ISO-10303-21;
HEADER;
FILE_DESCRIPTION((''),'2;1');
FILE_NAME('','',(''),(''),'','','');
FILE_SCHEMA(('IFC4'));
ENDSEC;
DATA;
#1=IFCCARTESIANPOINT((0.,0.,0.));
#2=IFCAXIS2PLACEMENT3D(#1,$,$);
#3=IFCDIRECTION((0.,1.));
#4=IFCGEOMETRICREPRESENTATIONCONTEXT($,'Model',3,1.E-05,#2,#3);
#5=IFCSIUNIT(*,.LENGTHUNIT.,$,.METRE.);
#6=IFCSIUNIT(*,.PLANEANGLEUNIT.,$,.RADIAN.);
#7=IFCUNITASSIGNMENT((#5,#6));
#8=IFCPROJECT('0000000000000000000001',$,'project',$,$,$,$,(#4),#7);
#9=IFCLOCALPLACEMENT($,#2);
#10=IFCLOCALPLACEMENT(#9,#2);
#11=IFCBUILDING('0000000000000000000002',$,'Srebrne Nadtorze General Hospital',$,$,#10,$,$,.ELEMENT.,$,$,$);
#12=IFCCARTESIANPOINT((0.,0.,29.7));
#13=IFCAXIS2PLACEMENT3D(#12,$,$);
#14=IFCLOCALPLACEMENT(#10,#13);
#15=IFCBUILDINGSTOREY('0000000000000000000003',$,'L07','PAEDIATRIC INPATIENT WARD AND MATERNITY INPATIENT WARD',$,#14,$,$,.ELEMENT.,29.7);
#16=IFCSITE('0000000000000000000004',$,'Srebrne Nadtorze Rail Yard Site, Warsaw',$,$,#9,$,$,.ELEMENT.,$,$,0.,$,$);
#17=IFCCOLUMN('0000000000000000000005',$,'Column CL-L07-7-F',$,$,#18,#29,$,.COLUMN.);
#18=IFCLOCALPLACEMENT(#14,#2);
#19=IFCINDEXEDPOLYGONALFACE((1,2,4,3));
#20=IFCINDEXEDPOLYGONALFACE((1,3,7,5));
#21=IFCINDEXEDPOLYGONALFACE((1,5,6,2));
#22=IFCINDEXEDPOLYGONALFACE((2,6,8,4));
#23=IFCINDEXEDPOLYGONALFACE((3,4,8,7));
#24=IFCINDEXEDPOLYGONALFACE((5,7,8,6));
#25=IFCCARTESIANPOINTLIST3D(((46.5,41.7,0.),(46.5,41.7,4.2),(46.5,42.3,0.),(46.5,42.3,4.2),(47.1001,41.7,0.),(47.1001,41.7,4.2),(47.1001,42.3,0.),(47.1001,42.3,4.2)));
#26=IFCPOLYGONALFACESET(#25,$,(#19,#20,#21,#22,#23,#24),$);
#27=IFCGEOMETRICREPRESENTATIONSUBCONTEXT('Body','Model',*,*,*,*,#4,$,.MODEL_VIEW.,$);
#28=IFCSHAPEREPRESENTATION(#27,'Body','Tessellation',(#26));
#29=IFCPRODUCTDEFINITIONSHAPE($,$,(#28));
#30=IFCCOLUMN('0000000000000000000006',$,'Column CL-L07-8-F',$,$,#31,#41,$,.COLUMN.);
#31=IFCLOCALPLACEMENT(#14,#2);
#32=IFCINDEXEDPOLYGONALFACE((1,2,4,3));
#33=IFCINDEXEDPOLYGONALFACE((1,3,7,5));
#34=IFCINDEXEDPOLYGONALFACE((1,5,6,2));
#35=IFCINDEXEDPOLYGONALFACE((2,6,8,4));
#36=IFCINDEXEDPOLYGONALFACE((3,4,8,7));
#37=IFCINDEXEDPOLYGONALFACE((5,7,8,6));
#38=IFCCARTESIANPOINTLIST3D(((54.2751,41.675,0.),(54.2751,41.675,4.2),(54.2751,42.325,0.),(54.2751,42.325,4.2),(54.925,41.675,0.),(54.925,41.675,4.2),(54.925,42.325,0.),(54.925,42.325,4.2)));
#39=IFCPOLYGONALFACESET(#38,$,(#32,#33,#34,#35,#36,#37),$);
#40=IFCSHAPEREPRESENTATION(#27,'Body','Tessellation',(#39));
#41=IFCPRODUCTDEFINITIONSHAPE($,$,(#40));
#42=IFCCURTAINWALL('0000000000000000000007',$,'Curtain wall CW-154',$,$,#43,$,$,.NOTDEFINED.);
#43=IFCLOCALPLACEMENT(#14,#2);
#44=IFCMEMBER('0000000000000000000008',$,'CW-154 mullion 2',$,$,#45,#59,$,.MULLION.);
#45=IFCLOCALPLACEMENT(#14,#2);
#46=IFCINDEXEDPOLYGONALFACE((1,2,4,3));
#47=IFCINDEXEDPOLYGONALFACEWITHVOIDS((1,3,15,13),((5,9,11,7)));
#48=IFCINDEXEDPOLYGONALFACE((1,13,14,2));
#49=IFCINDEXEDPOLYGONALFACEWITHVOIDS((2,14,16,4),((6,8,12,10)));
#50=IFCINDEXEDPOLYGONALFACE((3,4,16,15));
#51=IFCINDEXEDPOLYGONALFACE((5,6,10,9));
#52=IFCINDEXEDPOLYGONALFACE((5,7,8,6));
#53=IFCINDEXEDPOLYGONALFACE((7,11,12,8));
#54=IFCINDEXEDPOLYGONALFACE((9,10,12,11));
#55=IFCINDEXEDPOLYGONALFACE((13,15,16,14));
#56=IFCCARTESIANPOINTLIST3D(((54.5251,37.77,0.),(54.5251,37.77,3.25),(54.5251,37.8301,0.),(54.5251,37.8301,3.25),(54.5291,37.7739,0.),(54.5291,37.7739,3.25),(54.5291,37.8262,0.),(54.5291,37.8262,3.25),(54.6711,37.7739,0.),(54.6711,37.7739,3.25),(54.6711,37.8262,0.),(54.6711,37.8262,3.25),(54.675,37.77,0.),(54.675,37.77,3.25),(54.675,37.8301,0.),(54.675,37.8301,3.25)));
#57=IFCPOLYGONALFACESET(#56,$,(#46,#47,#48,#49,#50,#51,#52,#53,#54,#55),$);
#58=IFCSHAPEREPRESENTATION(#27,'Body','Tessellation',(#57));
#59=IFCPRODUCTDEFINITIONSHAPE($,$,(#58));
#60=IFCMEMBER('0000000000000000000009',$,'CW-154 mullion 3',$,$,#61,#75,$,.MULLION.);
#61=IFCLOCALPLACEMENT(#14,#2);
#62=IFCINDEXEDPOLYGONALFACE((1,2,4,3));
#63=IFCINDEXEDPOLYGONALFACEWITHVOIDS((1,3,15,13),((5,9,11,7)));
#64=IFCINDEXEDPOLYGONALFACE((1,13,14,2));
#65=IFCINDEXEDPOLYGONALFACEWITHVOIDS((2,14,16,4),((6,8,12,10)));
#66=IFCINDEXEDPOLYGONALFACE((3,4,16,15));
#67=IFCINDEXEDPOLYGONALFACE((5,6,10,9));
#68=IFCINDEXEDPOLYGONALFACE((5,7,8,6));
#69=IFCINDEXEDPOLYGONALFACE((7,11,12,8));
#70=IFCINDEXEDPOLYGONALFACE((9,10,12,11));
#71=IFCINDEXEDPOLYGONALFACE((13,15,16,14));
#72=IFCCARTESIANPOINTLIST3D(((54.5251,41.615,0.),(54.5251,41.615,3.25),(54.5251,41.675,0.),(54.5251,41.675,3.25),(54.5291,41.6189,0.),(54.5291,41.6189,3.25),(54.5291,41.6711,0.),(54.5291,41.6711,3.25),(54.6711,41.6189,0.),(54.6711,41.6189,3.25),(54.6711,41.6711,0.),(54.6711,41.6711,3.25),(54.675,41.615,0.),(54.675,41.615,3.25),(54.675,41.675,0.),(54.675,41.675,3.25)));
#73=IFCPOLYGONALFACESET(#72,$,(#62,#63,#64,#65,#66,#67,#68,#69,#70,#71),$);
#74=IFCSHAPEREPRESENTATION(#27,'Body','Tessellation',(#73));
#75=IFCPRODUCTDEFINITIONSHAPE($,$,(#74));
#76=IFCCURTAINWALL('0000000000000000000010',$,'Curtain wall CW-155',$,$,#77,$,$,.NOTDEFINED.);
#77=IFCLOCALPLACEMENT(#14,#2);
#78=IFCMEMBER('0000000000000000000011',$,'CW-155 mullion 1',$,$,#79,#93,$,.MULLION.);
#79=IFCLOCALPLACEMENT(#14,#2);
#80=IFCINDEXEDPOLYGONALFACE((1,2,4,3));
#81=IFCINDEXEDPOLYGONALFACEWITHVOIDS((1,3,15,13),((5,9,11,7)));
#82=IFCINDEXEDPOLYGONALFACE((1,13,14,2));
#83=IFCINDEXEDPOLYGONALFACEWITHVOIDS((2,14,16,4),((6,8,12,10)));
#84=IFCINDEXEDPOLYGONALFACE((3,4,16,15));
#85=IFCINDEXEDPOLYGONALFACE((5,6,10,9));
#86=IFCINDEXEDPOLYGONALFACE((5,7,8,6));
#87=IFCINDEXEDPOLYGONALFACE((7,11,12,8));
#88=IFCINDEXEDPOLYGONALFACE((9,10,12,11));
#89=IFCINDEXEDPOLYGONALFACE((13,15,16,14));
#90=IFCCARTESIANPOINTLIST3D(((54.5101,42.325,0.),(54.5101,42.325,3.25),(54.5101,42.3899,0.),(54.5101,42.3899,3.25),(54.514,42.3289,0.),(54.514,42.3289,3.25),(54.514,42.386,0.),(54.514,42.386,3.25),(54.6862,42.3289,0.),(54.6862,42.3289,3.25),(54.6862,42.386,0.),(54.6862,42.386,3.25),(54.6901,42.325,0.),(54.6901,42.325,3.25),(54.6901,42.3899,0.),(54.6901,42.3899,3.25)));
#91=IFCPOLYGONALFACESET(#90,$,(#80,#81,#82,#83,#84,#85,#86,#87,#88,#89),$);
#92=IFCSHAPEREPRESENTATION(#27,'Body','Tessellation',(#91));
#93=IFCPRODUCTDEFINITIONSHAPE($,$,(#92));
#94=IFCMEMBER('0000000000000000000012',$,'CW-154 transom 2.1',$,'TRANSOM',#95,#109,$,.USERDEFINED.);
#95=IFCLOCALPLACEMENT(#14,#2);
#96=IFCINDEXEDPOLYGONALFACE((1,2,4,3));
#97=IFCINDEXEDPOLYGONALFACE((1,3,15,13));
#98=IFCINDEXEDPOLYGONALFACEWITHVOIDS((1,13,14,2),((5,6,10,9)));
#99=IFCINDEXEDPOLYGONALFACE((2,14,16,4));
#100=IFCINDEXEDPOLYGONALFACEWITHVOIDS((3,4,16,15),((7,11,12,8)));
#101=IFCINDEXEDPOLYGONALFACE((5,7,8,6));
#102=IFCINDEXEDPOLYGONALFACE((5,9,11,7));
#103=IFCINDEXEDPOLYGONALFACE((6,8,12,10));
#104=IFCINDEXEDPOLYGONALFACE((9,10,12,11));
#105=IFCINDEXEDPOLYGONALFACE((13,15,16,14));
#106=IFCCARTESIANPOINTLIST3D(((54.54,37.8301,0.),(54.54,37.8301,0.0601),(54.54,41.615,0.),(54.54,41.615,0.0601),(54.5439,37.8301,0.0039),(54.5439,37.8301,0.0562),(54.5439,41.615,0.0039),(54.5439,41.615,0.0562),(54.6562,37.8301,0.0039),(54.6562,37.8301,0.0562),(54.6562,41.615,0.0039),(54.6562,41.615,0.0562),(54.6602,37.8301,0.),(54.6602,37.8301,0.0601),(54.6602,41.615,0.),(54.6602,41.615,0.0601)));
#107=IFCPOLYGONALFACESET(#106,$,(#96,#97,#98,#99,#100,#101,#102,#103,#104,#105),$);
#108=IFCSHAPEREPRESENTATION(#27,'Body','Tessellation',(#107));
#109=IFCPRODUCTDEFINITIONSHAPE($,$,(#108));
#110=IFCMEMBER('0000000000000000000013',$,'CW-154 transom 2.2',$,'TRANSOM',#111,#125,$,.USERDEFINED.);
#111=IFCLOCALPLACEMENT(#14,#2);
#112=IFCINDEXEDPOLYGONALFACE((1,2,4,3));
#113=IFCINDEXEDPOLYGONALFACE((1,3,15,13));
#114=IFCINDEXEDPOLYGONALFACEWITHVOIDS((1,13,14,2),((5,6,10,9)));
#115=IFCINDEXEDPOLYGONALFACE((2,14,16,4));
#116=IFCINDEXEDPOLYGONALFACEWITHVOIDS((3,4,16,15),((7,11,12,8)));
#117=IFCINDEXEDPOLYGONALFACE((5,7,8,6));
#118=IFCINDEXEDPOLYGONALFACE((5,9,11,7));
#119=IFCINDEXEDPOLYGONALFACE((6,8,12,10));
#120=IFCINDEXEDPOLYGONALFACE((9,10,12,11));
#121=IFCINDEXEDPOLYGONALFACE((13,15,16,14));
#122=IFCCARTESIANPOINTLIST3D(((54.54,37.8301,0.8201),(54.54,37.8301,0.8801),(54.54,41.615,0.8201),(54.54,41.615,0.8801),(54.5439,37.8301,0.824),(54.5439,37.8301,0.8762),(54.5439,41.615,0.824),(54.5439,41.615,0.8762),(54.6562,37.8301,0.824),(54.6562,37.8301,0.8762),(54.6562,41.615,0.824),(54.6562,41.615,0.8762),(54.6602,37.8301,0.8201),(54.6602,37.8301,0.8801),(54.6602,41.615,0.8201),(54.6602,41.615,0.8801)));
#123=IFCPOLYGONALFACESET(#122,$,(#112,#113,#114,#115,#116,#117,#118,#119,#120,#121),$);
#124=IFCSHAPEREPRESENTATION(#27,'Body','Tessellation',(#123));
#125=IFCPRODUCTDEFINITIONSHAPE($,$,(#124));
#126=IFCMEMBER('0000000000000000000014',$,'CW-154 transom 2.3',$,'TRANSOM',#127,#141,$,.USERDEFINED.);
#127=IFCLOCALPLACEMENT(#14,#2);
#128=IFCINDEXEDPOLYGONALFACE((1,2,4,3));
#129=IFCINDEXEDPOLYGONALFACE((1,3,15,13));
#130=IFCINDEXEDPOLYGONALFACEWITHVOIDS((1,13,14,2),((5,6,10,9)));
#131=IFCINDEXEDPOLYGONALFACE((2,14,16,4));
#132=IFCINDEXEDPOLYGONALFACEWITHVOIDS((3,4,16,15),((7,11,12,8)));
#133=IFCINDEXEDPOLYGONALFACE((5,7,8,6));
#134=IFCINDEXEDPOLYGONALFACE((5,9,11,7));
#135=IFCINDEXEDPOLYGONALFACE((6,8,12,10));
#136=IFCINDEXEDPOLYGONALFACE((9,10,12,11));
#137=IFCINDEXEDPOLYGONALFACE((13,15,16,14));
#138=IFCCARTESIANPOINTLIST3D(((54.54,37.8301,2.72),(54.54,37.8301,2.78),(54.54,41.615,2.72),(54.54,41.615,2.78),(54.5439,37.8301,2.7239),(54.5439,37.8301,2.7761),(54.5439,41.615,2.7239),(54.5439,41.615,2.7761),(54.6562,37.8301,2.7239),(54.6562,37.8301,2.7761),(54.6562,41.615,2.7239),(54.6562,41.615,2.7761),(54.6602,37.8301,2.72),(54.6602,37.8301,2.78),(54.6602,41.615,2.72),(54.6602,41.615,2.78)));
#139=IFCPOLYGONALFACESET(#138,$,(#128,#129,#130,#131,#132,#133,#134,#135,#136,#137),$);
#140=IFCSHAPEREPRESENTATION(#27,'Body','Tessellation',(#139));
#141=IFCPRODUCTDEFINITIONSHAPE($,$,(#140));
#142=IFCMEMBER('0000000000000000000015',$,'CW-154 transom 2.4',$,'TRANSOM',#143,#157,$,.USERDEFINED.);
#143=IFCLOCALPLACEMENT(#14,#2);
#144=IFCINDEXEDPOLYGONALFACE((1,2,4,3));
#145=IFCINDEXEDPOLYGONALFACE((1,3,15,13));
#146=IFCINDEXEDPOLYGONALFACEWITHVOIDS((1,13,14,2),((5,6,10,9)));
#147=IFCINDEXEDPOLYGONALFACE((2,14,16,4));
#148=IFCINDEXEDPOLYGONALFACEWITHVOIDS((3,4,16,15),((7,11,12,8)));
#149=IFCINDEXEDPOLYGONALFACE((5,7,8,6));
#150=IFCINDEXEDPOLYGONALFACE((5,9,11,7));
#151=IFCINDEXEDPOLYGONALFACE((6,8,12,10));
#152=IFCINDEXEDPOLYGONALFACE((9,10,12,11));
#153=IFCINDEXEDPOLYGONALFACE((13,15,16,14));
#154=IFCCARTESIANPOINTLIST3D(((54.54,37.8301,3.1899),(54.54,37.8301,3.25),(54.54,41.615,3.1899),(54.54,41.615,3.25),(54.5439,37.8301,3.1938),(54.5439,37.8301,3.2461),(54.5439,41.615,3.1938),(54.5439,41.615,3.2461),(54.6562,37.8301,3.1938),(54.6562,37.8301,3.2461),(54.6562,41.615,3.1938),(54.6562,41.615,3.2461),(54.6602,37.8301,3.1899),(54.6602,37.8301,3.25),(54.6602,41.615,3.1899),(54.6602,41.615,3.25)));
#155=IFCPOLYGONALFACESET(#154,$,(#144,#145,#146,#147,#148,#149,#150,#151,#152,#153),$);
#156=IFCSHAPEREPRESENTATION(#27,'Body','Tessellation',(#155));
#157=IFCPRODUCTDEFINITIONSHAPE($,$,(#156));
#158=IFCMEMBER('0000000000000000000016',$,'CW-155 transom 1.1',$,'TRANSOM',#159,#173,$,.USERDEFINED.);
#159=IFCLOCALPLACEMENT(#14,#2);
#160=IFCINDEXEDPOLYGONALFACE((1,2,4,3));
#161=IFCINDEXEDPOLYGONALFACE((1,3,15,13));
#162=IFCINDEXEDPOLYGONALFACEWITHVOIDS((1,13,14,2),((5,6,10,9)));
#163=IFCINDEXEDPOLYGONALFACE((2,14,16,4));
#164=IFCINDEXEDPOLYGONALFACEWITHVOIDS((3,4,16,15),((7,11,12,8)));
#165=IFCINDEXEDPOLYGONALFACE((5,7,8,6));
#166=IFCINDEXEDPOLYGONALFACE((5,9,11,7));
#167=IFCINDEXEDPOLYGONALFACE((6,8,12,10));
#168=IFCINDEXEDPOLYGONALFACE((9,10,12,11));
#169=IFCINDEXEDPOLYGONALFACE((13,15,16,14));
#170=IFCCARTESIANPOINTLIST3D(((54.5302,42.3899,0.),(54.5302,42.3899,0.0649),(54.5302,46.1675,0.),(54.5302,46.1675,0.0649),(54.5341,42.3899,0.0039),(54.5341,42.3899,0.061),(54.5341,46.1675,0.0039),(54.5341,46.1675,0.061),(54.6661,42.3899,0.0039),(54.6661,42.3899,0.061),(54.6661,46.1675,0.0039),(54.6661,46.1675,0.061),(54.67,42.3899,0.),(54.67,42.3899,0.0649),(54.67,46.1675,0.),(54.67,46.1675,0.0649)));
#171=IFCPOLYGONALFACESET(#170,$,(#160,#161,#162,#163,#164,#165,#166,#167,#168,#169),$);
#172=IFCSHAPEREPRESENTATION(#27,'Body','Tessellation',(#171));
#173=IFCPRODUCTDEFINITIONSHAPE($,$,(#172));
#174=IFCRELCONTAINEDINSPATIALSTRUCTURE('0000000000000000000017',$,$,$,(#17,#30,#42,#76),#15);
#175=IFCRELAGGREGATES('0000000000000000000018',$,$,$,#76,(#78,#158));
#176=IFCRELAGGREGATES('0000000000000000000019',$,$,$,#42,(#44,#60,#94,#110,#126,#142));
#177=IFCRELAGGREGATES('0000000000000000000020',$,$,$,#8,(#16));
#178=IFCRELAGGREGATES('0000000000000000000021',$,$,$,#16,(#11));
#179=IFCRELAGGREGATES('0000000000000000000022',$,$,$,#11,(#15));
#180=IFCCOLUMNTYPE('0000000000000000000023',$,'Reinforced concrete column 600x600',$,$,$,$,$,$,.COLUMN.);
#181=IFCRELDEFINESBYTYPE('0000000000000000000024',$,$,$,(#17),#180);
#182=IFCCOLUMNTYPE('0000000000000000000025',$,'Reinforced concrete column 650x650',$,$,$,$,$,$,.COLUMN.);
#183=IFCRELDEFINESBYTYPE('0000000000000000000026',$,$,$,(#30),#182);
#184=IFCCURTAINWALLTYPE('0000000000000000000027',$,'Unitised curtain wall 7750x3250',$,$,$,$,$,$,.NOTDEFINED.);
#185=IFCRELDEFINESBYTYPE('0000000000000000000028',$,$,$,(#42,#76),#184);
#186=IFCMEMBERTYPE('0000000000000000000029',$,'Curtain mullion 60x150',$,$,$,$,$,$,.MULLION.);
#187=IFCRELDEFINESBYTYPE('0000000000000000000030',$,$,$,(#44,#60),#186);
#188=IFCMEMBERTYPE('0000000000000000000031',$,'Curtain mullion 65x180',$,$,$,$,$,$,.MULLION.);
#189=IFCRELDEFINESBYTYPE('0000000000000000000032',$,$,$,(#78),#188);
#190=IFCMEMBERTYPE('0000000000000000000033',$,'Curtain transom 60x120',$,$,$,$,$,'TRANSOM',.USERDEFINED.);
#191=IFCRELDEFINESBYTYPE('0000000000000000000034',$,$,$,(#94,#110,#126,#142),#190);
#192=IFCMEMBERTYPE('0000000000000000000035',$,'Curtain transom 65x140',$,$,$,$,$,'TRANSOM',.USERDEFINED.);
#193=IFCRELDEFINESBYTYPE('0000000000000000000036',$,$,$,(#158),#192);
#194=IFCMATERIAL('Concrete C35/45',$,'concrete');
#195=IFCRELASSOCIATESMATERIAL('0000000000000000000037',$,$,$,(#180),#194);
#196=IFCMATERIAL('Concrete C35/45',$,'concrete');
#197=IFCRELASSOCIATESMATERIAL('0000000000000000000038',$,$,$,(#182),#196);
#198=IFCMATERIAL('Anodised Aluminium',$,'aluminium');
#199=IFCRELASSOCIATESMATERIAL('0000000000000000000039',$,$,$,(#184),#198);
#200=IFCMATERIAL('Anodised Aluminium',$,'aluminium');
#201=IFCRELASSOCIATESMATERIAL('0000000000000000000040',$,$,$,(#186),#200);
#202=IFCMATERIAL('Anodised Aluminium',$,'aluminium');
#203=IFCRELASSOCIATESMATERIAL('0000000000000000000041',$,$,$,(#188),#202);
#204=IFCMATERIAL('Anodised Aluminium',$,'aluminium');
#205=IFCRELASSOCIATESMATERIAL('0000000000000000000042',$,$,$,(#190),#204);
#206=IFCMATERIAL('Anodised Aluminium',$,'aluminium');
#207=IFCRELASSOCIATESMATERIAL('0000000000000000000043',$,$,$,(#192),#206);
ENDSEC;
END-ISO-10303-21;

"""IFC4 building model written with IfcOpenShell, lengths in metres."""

from ifc_helpers import new_model, si_unit, direction, frame, origin, origin_2d, place, context, subcontext, project, spatial, rectangle, hollow_rectangle, extrude, material, material_profile, profile_set, type_object, element, aggregate, save


model = new_model("IFC4")

# Units and contexts
model_context = context("Model", 3, precision=1e-05, world=origin(), true_north=direction((0.0, 1.0)))
body_context = subcontext(model_context, "Body", "Model", "MODEL_VIEW")
ifc_project = project(units=[si_unit("LENGTHUNIT", "METRE"), si_unit("PLANEANGLEUNIT", "RADIAN")], contexts=[model_context])

# Site, building, storey
site_placement = place(None, origin())
site = spatial("IfcSite", under=ifc_project, at=site_placement, Name="Srebrne Nadtorze Rail Yard Site, Warsaw", CompositionType="ELEMENT", RefElevation=0.0)
building_placement = place(site_placement, origin())
building = spatial("IfcBuilding", under=site, at=building_placement, Name="Srebrne Nadtorze General Hospital", CompositionType="ELEMENT")
storey_placement = place(building_placement, frame((0.0, 0.0, 29.7)))
storey = spatial("IfcBuildingStorey", under=building, at=storey_placement, Name="L07", Description="PAEDIATRIC INPATIENT WARD AND MATERNITY INPATIENT WARD", CompositionType="ELEMENT", Elevation=29.7)

# Columns
ifc_material_1 = material(Name="Concrete C35/45", Category="concrete")
ifc_material_profile_1 = material_profile(ifc_material_1, rectangle(XDim=0.6001, YDim=0.6001, at=origin_2d()), Name="RC-COL-600x600")
ifc_profile_set_1 = profile_set([ifc_material_profile_1], Name="Concrete C35/45")
column_type_1 = type_object("IfcColumnType", Name="Reinforced concrete column 600x600", PredefinedType="COLUMN", material=ifc_profile_set_1)
column_1_placement = place(storey_placement, frame((46.8, 42.0, 0.0), z_axis=(0.0, 0.0, 1.0), x_axis=(1.0, 0.0, 0.0)))
element("IfcColumn", 1, at=column_1_placement, inside=storey, type_object=column_type_1, Name="Column CL-L07-7-F", PredefinedType="COLUMN", context=body_context, shape_type="SweptSolid", body=[
    extrude(rectangle(XDim=0.6001, YDim=0.6001, at=origin_2d()), origin(), (0.0, 0.0, 1.0), 4.2),
])
ifc_material_2 = material(Name="Concrete C35/45", Category="concrete")
ifc_material_profile_2 = material_profile(ifc_material_2, rectangle(XDim=0.6499, YDim=0.6499, at=origin_2d()), Name="RC-COL-650x650")
ifc_profile_set_2 = profile_set([ifc_material_profile_2], Name="Concrete C35/45")
column_type_2 = type_object("IfcColumnType", Name="Reinforced concrete column 650x650", PredefinedType="COLUMN", material=ifc_profile_set_2)
column_2_placement = place(storey_placement, frame((54.6001, 42.0, 0.0), z_axis=(0.0, 0.0, 1.0), x_axis=(1.0, 0.0, 0.0)))
element("IfcColumn", 2, at=column_2_placement, inside=storey, type_object=column_type_2, Name="Column CL-L07-8-F", PredefinedType="COLUMN", context=body_context, shape_type="SweptSolid", body=[
    extrude(rectangle(XDim=0.6499, YDim=0.6499, at=origin_2d()), origin(), (0.0, 0.0, 1.0), 4.2),
])

# Curtain wall, members
ifc_material_3 = material(Name="Anodised Aluminium", Category="aluminium")
curtain_wall_type = type_object("IfcCurtainWallType", Name="Unitised curtain wall 7750x3250", PredefinedType="NOTDEFINED", material=ifc_material_3)
curtain_wall_1_placement = place(storey_placement, origin())
curtain_wall_1 = element("IfcCurtainWall", 3, at=curtain_wall_1_placement, inside=storey, type_object=curtain_wall_type, Name="Curtain wall CW-154", PredefinedType="NOTDEFINED")
ifc_material_4 = material(Name="Anodised Aluminium", Category="aluminium")
ifc_material_profile_3 = material_profile(ifc_material_4, hollow_rectangle(XDim=0.0601, YDim=0.1499, WallThickness=0.0039, at=origin_2d()), Name="AL-MUL-60x150")
ifc_profile_set_3 = profile_set([ifc_material_profile_3], Name="Anodised Aluminium")
member_type_1 = type_object("IfcMemberType", Name="Curtain mullion 60x150", PredefinedType="MULLION", material=ifc_profile_set_3)
member_1_placement = place(storey_placement, frame((54.6001, 37.8, 0.0), z_axis=(0.0, 0.0, 1.0), x_axis=(0.0, 1.0, 0.0)))
member_1 = element("IfcMember", 4, at=member_1_placement, type_object=member_type_1, Name="CW-154 mullion 2", PredefinedType="MULLION", context=body_context, shape_type="SweptSolid", body=[
    extrude(hollow_rectangle(XDim=0.0601, YDim=0.1499, WallThickness=0.0039, at=origin_2d()), origin(), (0.0, 0.0, 1.0), 3.25),
])
member_2_placement = place(storey_placement, frame((54.6001, 41.645, 0.0), z_axis=(0.0, 0.0, 1.0), x_axis=(0.0, 1.0, 0.0)))
member_2 = element("IfcMember", 5, at=member_2_placement, type_object=member_type_1, Name="CW-154 mullion 3", PredefinedType="MULLION", context=body_context, shape_type="SweptSolid", body=[
    extrude(hollow_rectangle(XDim=0.0601, YDim=0.1499, WallThickness=0.0039, at=origin_2d()), origin(), (0.0, 0.0, 1.0), 3.25),
])

# Curtain wall, member
curtain_wall_2_placement = place(storey_placement, origin())
curtain_wall_2 = element("IfcCurtainWall", 6, at=curtain_wall_2_placement, inside=storey, type_object=curtain_wall_type, Name="Curtain wall CW-155", PredefinedType="NOTDEFINED")
ifc_material_5 = material(Name="Anodised Aluminium", Category="aluminium")
ifc_material_profile_4 = material_profile(ifc_material_5, hollow_rectangle(XDim=0.0649, YDim=0.1799, WallThickness=0.0039, at=origin_2d()), Name="AL-MUL-65x180")
ifc_profile_set_4 = profile_set([ifc_material_profile_4], Name="Anodised Aluminium")
member_type_2 = type_object("IfcMemberType", Name="Curtain mullion 65x180", PredefinedType="MULLION", material=ifc_profile_set_4)
member_3_placement = place(storey_placement, frame((54.6001, 42.3574, 0.0), z_axis=(0.0, 0.0, 1.0), x_axis=(0.0, 1.0, 0.0)))
member_3 = element("IfcMember", 7, at=member_3_placement, type_object=member_type_2, Name="CW-155 mullion 1", PredefinedType="MULLION", context=body_context, shape_type="SweptSolid", body=[
    extrude(hollow_rectangle(XDim=0.0649, YDim=0.1799, WallThickness=0.0039, at=origin_2d()), origin(), (0.0, 0.0, 1.0), 3.25),
])

# Members
ifc_material_6 = material(Name="Anodised Aluminium", Category="aluminium")
ifc_material_profile_5 = material_profile(ifc_material_6, hollow_rectangle(XDim=0.0601, YDim=0.1201, WallThickness=0.0039, at=origin_2d()), Name="AL-TRN-60x120")
ifc_profile_set_5 = profile_set([ifc_material_profile_5], Name="Anodised Aluminium")
member_type_3 = type_object("IfcMemberType", Name="Curtain transom 60x120", ElementType="TRANSOM", PredefinedType="USERDEFINED", material=ifc_profile_set_5)
member_4_placement = place(storey_placement, frame((54.6001, 37.8301, 0.03), z_axis=(0.0, 1.0, 0.0), x_axis=(0.0, 0.0, 1.0)))
member_4 = element("IfcMember", 8, at=member_4_placement, type_object=member_type_3, Name="CW-154 transom 2.1", ObjectType="TRANSOM", PredefinedType="USERDEFINED", context=body_context, shape_type="SweptSolid", body=[
    extrude(hollow_rectangle(XDim=0.0601, YDim=0.1201, WallThickness=0.0039, at=origin_2d()), origin(), (0.0, 0.0, 1.0), 3.7849),
])
member_5_placement = place(storey_placement, frame((54.6001, 37.8301, 0.8501), z_axis=(0.0, 1.0, 0.0), x_axis=(0.0, 0.0, 1.0)))
member_5 = element("IfcMember", 9, at=member_5_placement, type_object=member_type_3, Name="CW-154 transom 2.2", ObjectType="TRANSOM", PredefinedType="USERDEFINED", context=body_context, shape_type="SweptSolid", body=[
    extrude(hollow_rectangle(XDim=0.0601, YDim=0.1201, WallThickness=0.0039, at=origin_2d()), origin(), (0.0, 0.0, 1.0), 3.7849),
])
member_6_placement = place(storey_placement, frame((54.6001, 37.8301, 2.75), z_axis=(0.0, 1.0, 0.0), x_axis=(0.0, 0.0, 1.0)))
member_6 = element("IfcMember", 10, at=member_6_placement, type_object=member_type_3, Name="CW-154 transom 2.3", ObjectType="TRANSOM", PredefinedType="USERDEFINED", context=body_context, shape_type="SweptSolid", body=[
    extrude(hollow_rectangle(XDim=0.0601, YDim=0.1201, WallThickness=0.0039, at=origin_2d()), origin(), (0.0, 0.0, 1.0), 3.7849),
])
member_7_placement = place(storey_placement, frame((54.6001, 37.8301, 3.22), z_axis=(0.0, 1.0, 0.0), x_axis=(0.0, 0.0, 1.0)))
member_7 = element("IfcMember", 11, at=member_7_placement, type_object=member_type_3, Name="CW-154 transom 2.4", ObjectType="TRANSOM", PredefinedType="USERDEFINED", context=body_context, shape_type="SweptSolid", body=[
    extrude(hollow_rectangle(XDim=0.0601, YDim=0.1201, WallThickness=0.0039, at=origin_2d()), origin(), (0.0, 0.0, 1.0), 3.7849),
])
ifc_material_7 = material(Name="Anodised Aluminium", Category="aluminium")
ifc_material_profile_6 = material_profile(ifc_material_7, hollow_rectangle(XDim=0.0649, YDim=0.1399, WallThickness=0.0039, at=origin_2d()), Name="AL-TRN-65x140")
ifc_profile_set_6 = profile_set([ifc_material_profile_6], Name="Anodised Aluminium")
member_type_4 = type_object("IfcMemberType", Name="Curtain transom 65x140", ElementType="TRANSOM", PredefinedType="USERDEFINED", material=ifc_profile_set_6)
member_8_placement = place(storey_placement, frame((54.6001, 42.3899, 0.0325), z_axis=(0.0, 1.0, 0.0), x_axis=(0.0, 0.0, 1.0)))
member_8 = element("IfcMember", 12, at=member_8_placement, type_object=member_type_4, Name="CW-155 transom 1.1", ObjectType="TRANSOM", PredefinedType="USERDEFINED", context=body_context, shape_type="SweptSolid", body=[
    extrude(hollow_rectangle(XDim=0.0649, YDim=0.1399, WallThickness=0.0039, at=origin_2d()), origin(), (0.0, 0.0, 1.0), 3.7776),
])
aggregate(curtain_wall_2, [member_3, member_8])

aggregate(curtain_wall_1, [member_1, member_2, member_4, member_5, member_6, member_7])

save(model, "model.ifc")
